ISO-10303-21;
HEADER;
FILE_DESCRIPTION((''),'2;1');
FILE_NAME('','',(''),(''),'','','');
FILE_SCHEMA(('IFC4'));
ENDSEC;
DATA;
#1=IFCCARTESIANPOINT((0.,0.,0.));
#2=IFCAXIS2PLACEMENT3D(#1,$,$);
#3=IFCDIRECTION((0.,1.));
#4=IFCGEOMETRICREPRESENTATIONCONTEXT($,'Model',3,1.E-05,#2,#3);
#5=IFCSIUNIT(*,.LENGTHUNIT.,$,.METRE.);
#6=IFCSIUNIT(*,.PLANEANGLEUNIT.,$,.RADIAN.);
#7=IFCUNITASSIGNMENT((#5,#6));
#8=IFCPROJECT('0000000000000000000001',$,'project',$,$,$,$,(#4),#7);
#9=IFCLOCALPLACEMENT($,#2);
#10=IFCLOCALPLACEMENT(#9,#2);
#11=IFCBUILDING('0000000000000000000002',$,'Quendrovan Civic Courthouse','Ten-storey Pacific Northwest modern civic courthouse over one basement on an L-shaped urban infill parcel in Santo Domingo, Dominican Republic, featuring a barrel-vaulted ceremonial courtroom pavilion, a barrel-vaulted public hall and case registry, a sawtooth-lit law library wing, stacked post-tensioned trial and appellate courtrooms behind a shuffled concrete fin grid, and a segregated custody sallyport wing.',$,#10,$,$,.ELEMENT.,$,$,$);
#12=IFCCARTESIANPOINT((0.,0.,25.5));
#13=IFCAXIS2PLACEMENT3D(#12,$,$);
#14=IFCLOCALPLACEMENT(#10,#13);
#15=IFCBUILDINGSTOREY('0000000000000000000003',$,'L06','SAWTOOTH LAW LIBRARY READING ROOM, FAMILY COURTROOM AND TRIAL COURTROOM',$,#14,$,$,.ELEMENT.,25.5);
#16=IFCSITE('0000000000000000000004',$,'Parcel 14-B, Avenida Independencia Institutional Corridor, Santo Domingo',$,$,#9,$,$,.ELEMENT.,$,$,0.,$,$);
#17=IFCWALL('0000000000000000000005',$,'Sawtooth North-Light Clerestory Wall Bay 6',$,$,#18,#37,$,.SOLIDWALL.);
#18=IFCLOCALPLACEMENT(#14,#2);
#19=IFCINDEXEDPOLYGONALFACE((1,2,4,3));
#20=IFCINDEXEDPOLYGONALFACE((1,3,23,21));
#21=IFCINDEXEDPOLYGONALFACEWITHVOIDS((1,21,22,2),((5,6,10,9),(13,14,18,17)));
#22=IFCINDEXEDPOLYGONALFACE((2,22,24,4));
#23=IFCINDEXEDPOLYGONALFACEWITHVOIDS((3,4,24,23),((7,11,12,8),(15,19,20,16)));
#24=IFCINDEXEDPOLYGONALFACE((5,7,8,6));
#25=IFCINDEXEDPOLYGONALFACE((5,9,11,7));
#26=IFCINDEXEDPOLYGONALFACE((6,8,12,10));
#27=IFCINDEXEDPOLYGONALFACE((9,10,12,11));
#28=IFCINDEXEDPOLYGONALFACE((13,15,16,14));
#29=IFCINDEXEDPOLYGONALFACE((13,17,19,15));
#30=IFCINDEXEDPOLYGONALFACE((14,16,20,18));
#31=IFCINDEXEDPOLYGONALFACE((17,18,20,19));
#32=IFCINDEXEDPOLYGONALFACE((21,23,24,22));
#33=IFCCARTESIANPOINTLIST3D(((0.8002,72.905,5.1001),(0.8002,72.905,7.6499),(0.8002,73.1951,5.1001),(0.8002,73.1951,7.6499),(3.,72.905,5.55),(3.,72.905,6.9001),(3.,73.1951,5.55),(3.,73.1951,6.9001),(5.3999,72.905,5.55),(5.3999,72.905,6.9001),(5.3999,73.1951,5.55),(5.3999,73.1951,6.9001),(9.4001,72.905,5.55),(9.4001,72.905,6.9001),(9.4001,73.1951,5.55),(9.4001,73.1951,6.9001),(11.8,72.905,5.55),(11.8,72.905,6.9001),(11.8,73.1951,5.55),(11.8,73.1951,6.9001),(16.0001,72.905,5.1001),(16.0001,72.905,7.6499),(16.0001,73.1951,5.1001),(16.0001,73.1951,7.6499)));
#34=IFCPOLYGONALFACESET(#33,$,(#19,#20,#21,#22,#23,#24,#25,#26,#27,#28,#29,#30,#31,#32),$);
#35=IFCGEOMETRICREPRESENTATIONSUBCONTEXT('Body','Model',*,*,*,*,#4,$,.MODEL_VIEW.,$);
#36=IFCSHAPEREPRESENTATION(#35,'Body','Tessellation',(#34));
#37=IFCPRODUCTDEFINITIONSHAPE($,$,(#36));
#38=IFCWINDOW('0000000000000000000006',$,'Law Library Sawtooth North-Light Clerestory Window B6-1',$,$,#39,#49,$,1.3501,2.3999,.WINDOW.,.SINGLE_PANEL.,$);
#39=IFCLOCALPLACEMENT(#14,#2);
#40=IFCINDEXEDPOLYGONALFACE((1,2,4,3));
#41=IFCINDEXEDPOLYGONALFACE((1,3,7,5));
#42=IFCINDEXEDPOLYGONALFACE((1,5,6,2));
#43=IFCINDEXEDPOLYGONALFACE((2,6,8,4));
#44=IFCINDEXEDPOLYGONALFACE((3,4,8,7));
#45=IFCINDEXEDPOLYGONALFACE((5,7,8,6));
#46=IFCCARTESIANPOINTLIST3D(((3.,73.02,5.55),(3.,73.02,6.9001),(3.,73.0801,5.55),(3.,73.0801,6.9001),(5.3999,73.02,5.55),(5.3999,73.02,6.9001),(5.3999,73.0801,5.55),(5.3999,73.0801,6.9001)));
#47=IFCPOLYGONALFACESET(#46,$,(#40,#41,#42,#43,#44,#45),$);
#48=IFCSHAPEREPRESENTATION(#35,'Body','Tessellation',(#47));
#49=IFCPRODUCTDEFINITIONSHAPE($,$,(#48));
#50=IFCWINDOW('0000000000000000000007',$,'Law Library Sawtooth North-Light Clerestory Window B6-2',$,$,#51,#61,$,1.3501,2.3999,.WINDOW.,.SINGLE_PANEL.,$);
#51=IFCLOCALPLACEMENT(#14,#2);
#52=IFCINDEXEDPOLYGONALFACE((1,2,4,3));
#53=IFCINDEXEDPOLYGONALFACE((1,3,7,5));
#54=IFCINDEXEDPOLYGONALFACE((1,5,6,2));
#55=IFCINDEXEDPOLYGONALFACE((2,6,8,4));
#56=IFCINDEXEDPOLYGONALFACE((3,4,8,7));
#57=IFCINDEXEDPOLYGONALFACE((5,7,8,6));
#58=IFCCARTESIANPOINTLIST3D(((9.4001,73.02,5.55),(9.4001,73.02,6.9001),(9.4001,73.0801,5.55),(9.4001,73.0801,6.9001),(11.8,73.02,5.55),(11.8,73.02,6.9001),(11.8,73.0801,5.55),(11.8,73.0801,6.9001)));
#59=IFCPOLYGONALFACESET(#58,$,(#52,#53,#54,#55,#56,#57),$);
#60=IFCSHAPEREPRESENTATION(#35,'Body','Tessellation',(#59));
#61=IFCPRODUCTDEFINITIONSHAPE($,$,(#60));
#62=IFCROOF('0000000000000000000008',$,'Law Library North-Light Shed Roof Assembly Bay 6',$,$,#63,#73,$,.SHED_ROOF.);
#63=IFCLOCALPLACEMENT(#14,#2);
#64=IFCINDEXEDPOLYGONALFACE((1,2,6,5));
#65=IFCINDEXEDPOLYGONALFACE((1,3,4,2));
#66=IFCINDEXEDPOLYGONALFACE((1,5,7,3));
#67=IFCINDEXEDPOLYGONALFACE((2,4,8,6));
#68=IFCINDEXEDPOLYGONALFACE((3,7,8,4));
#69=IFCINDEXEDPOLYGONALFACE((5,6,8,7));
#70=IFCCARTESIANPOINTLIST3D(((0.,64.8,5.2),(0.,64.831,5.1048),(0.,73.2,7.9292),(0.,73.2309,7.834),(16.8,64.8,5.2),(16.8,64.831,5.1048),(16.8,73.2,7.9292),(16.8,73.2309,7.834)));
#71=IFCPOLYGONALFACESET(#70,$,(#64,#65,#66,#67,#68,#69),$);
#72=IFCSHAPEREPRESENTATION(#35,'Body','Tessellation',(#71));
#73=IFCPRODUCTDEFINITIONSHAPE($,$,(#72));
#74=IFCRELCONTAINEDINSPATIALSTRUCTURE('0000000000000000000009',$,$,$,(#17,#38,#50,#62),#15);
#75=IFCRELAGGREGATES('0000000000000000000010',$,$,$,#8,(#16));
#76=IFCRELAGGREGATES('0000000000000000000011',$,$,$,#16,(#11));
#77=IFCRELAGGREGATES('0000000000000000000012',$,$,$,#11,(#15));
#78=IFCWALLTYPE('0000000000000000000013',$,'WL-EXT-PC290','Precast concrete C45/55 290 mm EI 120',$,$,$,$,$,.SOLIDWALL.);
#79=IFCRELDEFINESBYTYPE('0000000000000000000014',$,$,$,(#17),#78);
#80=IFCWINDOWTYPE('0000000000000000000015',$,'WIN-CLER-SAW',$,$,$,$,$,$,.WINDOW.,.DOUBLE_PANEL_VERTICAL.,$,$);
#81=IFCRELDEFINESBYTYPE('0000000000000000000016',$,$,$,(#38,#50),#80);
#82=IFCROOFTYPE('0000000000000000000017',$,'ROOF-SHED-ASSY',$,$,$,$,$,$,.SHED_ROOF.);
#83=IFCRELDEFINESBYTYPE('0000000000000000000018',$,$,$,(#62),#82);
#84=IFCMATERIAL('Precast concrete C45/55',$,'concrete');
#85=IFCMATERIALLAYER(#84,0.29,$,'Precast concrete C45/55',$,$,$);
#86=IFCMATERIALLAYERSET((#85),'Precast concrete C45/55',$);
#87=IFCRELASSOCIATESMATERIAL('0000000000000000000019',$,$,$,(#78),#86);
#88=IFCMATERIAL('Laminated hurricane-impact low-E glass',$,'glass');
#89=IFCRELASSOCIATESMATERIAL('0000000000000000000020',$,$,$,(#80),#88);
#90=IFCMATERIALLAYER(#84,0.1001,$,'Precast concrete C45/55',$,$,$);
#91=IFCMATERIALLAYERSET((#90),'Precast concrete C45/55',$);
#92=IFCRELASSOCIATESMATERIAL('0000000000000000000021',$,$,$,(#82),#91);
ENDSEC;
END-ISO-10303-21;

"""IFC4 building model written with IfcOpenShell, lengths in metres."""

from ifc_helpers import new_model, si_unit, direction, frame, frame_2d, origin, place, context, subcontext, project, spatial, polyline, rectangle, outline, extrude, material, layer, layer_set, type_object, element, fill, save


model = new_model("IFC4")

# Units and contexts
model_context = context("Model", 3, precision=1e-05, world=origin(), true_north=direction((0.0, 1.0)))
body_context = subcontext(model_context, "Body", "Model", "MODEL_VIEW")
ifc_project = project(units=[si_unit("LENGTHUNIT", "METRE"), si_unit("PLANEANGLEUNIT", "RADIAN")], contexts=[model_context])

# Site, building, storey
site_placement = place(None, origin())
site = spatial("IfcSite", under=ifc_project, at=site_placement, Name="Parcel 14-B, Avenida Independencia Institutional Corridor, Santo Domingo", CompositionType="ELEMENT", RefElevation=0.0)
building_placement = place(site_placement, origin())
building = spatial("IfcBuilding", under=site, at=building_placement, Name="Quendrovan Civic Courthouse", Description="Ten-storey Pacific Northwest modern civic courthouse over one basement on an L-shaped urban infill parcel in Santo Domingo, Dominican Republic, featuring a barrel-vaulted ceremonial courtroom pavilion, a barrel-vaulted public hall and case registry, a sawtooth-lit law library wing, stacked post-tensioned trial and appellate courtrooms behind a shuffled concrete fin grid, and a segregated custody sallyport wing.", CompositionType="ELEMENT")
storey_placement = place(building_placement, frame((0.0, 0.0, 25.5)))
storey = spatial("IfcBuildingStorey", under=building, at=storey_placement, Name="L06", Description="SAWTOOTH LAW LIBRARY READING ROOM, FAMILY COURTROOM AND TRIAL COURTROOM", CompositionType="ELEMENT", Elevation=25.5)

# Wall, openings, windows
ifc_material_1 = material(Name="Precast concrete C45/55", Category="concrete")
ifc_layer_1 = layer(ifc_material_1, 0.29, Name="Precast concrete C45/55")
ifc_layer_set_1 = layer_set([ifc_layer_1], Name="Precast concrete C45/55")
wall_type_1 = type_object("IfcWallType", Name="WL-EXT-PC290", Description="Precast concrete C45/55 290 mm EI 120", PredefinedType="SOLIDWALL", material=ifc_layer_set_1)
ifc_material_2 = material(Name="Laminated hurricane-impact low-E glass", Category="glass")
window_type = type_object("IfcWindowType", Name="WIN-CLER-SAW", PartitioningType="DOUBLE_PANEL_VERTICAL", PredefinedType="WINDOW", material=ifc_material_2)
wall_1_placement = place(storey_placement, frame((0.8, 73.05, 5.1001), z_axis=(0.0, 0.0, 1.0), x_axis=(1.0, 0.0, 0.0)))
wall_1 = element("IfcWall", 1, at=wall_1_placement, inside=storey, type_object=wall_type_1, Name="Sawtooth North-Light Clerestory Wall Bay 6", PredefinedType="SOLIDWALL", context=body_context, shape_type="SweptSolid", body=[
    extrude(rectangle(XDim=15.2, YDim=0.29, at=frame_2d((7.6001, 0.0))), origin(), (0.0, 0.0, 1.0), 2.5498),
])
opening_1_placement = place(wall_1_placement, frame((2.2, 0.0, 0.45)))
opening_1 = element("IfcOpeningElement", 2, at=opening_1_placement, cuts=wall_1, PredefinedType="OPENING", context=body_context, shape_type="SweptSolid", body=[
    extrude(rectangle(XDim=2.3999, YDim=1.3501, at=frame_2d((1.2, 0.675))), frame((0.0, 0.155, 0.0), z_axis=(0.0, -1.0, 0.0), x_axis=(1.0, 0.0, 0.0)), (0.0, 0.0, 1.0), 0.3101),
])
opening_2_placement = place(wall_1_placement, frame((8.6001, 0.0, 0.45)))
opening_2 = element("IfcOpeningElement", 3, at=opening_2_placement, cuts=wall_1, PredefinedType="OPENING", context=body_context, shape_type="SweptSolid", body=[
    extrude(rectangle(XDim=2.3999, YDim=1.3501, at=frame_2d((1.2, 0.675))), frame((0.0, 0.155, 0.0), z_axis=(0.0, -1.0, 0.0), x_axis=(1.0, 0.0, 0.0)), (0.0, 0.0, 1.0), 0.3101),
])
window_1_placement = place(opening_1_placement, origin())
window_1 = element("IfcWindow", 4, at=window_1_placement, inside=storey, type_object=window_type, Name="Law Library Sawtooth North-Light Clerestory Window B6-1", OverallHeight=1.3501, OverallWidth=2.3999, PartitioningType="SINGLE_PANEL", PredefinedType="WINDOW", context=body_context, shape_type="SweptSolid", body=[
    extrude(rectangle(XDim=2.3999, YDim=1.3501, at=frame_2d((1.2, 0.675))), frame((0.0, 0.03, 0.0), z_axis=(0.0, -1.0, 0.0), x_axis=(1.0, 0.0, 0.0)), (0.0, 0.0, 1.0), 0.0601),
])
fill(opening_1, window_1)
window_2_placement = place(opening_2_placement, origin())
window_2 = element("IfcWindow", 5, at=window_2_placement, inside=storey, type_object=window_type, Name="Law Library Sawtooth North-Light Clerestory Window B6-2", OverallHeight=1.3501, OverallWidth=2.3999, PartitioningType="SINGLE_PANEL", PredefinedType="WINDOW", context=body_context, shape_type="SweptSolid", body=[
    extrude(rectangle(XDim=2.3999, YDim=1.3501, at=frame_2d((1.2, 0.675))), frame((0.0, 0.03, 0.0), z_axis=(0.0, -1.0, 0.0), x_axis=(1.0, 0.0, 0.0)), (0.0, 0.0, 1.0), 0.0601),
])
fill(opening_2, window_2)

# Roof
ifc_layer_2 = layer(ifc_material_1, 0.1001, Name="Precast concrete C45/55")
ifc_layer_set_2 = layer_set([ifc_layer_2], Name="Precast concrete C45/55")
roof_type = type_object("IfcRoofType", Name="ROOF-SHED-ASSY", PredefinedType="SHED_ROOF", material=ifc_layer_set_2)
roof_placement = place(storey_placement, frame((0.0, 64.8, 5.2), z_axis=(0.0, -0.309012, 0.951058), x_axis=(1.0, 0.0, 0.0)))
element("IfcRoof", 6, at=roof_placement, inside=storey, type_object=roof_type, Name="Law Library North-Light Shed Roof Assembly Bay 6", PredefinedType="SHED_ROOF", context=body_context, shape_type="SweptSolid", body=[
    extrude(outline(polyline([(0.0, 0.0), (16.8, 0.0), (16.8, 8.8322), (0.0, 8.8322), (0.0, 0.0)])), origin(), (0.0, 0.0, -1.0), 0.1001),
])

save(model, "model.ifc")
